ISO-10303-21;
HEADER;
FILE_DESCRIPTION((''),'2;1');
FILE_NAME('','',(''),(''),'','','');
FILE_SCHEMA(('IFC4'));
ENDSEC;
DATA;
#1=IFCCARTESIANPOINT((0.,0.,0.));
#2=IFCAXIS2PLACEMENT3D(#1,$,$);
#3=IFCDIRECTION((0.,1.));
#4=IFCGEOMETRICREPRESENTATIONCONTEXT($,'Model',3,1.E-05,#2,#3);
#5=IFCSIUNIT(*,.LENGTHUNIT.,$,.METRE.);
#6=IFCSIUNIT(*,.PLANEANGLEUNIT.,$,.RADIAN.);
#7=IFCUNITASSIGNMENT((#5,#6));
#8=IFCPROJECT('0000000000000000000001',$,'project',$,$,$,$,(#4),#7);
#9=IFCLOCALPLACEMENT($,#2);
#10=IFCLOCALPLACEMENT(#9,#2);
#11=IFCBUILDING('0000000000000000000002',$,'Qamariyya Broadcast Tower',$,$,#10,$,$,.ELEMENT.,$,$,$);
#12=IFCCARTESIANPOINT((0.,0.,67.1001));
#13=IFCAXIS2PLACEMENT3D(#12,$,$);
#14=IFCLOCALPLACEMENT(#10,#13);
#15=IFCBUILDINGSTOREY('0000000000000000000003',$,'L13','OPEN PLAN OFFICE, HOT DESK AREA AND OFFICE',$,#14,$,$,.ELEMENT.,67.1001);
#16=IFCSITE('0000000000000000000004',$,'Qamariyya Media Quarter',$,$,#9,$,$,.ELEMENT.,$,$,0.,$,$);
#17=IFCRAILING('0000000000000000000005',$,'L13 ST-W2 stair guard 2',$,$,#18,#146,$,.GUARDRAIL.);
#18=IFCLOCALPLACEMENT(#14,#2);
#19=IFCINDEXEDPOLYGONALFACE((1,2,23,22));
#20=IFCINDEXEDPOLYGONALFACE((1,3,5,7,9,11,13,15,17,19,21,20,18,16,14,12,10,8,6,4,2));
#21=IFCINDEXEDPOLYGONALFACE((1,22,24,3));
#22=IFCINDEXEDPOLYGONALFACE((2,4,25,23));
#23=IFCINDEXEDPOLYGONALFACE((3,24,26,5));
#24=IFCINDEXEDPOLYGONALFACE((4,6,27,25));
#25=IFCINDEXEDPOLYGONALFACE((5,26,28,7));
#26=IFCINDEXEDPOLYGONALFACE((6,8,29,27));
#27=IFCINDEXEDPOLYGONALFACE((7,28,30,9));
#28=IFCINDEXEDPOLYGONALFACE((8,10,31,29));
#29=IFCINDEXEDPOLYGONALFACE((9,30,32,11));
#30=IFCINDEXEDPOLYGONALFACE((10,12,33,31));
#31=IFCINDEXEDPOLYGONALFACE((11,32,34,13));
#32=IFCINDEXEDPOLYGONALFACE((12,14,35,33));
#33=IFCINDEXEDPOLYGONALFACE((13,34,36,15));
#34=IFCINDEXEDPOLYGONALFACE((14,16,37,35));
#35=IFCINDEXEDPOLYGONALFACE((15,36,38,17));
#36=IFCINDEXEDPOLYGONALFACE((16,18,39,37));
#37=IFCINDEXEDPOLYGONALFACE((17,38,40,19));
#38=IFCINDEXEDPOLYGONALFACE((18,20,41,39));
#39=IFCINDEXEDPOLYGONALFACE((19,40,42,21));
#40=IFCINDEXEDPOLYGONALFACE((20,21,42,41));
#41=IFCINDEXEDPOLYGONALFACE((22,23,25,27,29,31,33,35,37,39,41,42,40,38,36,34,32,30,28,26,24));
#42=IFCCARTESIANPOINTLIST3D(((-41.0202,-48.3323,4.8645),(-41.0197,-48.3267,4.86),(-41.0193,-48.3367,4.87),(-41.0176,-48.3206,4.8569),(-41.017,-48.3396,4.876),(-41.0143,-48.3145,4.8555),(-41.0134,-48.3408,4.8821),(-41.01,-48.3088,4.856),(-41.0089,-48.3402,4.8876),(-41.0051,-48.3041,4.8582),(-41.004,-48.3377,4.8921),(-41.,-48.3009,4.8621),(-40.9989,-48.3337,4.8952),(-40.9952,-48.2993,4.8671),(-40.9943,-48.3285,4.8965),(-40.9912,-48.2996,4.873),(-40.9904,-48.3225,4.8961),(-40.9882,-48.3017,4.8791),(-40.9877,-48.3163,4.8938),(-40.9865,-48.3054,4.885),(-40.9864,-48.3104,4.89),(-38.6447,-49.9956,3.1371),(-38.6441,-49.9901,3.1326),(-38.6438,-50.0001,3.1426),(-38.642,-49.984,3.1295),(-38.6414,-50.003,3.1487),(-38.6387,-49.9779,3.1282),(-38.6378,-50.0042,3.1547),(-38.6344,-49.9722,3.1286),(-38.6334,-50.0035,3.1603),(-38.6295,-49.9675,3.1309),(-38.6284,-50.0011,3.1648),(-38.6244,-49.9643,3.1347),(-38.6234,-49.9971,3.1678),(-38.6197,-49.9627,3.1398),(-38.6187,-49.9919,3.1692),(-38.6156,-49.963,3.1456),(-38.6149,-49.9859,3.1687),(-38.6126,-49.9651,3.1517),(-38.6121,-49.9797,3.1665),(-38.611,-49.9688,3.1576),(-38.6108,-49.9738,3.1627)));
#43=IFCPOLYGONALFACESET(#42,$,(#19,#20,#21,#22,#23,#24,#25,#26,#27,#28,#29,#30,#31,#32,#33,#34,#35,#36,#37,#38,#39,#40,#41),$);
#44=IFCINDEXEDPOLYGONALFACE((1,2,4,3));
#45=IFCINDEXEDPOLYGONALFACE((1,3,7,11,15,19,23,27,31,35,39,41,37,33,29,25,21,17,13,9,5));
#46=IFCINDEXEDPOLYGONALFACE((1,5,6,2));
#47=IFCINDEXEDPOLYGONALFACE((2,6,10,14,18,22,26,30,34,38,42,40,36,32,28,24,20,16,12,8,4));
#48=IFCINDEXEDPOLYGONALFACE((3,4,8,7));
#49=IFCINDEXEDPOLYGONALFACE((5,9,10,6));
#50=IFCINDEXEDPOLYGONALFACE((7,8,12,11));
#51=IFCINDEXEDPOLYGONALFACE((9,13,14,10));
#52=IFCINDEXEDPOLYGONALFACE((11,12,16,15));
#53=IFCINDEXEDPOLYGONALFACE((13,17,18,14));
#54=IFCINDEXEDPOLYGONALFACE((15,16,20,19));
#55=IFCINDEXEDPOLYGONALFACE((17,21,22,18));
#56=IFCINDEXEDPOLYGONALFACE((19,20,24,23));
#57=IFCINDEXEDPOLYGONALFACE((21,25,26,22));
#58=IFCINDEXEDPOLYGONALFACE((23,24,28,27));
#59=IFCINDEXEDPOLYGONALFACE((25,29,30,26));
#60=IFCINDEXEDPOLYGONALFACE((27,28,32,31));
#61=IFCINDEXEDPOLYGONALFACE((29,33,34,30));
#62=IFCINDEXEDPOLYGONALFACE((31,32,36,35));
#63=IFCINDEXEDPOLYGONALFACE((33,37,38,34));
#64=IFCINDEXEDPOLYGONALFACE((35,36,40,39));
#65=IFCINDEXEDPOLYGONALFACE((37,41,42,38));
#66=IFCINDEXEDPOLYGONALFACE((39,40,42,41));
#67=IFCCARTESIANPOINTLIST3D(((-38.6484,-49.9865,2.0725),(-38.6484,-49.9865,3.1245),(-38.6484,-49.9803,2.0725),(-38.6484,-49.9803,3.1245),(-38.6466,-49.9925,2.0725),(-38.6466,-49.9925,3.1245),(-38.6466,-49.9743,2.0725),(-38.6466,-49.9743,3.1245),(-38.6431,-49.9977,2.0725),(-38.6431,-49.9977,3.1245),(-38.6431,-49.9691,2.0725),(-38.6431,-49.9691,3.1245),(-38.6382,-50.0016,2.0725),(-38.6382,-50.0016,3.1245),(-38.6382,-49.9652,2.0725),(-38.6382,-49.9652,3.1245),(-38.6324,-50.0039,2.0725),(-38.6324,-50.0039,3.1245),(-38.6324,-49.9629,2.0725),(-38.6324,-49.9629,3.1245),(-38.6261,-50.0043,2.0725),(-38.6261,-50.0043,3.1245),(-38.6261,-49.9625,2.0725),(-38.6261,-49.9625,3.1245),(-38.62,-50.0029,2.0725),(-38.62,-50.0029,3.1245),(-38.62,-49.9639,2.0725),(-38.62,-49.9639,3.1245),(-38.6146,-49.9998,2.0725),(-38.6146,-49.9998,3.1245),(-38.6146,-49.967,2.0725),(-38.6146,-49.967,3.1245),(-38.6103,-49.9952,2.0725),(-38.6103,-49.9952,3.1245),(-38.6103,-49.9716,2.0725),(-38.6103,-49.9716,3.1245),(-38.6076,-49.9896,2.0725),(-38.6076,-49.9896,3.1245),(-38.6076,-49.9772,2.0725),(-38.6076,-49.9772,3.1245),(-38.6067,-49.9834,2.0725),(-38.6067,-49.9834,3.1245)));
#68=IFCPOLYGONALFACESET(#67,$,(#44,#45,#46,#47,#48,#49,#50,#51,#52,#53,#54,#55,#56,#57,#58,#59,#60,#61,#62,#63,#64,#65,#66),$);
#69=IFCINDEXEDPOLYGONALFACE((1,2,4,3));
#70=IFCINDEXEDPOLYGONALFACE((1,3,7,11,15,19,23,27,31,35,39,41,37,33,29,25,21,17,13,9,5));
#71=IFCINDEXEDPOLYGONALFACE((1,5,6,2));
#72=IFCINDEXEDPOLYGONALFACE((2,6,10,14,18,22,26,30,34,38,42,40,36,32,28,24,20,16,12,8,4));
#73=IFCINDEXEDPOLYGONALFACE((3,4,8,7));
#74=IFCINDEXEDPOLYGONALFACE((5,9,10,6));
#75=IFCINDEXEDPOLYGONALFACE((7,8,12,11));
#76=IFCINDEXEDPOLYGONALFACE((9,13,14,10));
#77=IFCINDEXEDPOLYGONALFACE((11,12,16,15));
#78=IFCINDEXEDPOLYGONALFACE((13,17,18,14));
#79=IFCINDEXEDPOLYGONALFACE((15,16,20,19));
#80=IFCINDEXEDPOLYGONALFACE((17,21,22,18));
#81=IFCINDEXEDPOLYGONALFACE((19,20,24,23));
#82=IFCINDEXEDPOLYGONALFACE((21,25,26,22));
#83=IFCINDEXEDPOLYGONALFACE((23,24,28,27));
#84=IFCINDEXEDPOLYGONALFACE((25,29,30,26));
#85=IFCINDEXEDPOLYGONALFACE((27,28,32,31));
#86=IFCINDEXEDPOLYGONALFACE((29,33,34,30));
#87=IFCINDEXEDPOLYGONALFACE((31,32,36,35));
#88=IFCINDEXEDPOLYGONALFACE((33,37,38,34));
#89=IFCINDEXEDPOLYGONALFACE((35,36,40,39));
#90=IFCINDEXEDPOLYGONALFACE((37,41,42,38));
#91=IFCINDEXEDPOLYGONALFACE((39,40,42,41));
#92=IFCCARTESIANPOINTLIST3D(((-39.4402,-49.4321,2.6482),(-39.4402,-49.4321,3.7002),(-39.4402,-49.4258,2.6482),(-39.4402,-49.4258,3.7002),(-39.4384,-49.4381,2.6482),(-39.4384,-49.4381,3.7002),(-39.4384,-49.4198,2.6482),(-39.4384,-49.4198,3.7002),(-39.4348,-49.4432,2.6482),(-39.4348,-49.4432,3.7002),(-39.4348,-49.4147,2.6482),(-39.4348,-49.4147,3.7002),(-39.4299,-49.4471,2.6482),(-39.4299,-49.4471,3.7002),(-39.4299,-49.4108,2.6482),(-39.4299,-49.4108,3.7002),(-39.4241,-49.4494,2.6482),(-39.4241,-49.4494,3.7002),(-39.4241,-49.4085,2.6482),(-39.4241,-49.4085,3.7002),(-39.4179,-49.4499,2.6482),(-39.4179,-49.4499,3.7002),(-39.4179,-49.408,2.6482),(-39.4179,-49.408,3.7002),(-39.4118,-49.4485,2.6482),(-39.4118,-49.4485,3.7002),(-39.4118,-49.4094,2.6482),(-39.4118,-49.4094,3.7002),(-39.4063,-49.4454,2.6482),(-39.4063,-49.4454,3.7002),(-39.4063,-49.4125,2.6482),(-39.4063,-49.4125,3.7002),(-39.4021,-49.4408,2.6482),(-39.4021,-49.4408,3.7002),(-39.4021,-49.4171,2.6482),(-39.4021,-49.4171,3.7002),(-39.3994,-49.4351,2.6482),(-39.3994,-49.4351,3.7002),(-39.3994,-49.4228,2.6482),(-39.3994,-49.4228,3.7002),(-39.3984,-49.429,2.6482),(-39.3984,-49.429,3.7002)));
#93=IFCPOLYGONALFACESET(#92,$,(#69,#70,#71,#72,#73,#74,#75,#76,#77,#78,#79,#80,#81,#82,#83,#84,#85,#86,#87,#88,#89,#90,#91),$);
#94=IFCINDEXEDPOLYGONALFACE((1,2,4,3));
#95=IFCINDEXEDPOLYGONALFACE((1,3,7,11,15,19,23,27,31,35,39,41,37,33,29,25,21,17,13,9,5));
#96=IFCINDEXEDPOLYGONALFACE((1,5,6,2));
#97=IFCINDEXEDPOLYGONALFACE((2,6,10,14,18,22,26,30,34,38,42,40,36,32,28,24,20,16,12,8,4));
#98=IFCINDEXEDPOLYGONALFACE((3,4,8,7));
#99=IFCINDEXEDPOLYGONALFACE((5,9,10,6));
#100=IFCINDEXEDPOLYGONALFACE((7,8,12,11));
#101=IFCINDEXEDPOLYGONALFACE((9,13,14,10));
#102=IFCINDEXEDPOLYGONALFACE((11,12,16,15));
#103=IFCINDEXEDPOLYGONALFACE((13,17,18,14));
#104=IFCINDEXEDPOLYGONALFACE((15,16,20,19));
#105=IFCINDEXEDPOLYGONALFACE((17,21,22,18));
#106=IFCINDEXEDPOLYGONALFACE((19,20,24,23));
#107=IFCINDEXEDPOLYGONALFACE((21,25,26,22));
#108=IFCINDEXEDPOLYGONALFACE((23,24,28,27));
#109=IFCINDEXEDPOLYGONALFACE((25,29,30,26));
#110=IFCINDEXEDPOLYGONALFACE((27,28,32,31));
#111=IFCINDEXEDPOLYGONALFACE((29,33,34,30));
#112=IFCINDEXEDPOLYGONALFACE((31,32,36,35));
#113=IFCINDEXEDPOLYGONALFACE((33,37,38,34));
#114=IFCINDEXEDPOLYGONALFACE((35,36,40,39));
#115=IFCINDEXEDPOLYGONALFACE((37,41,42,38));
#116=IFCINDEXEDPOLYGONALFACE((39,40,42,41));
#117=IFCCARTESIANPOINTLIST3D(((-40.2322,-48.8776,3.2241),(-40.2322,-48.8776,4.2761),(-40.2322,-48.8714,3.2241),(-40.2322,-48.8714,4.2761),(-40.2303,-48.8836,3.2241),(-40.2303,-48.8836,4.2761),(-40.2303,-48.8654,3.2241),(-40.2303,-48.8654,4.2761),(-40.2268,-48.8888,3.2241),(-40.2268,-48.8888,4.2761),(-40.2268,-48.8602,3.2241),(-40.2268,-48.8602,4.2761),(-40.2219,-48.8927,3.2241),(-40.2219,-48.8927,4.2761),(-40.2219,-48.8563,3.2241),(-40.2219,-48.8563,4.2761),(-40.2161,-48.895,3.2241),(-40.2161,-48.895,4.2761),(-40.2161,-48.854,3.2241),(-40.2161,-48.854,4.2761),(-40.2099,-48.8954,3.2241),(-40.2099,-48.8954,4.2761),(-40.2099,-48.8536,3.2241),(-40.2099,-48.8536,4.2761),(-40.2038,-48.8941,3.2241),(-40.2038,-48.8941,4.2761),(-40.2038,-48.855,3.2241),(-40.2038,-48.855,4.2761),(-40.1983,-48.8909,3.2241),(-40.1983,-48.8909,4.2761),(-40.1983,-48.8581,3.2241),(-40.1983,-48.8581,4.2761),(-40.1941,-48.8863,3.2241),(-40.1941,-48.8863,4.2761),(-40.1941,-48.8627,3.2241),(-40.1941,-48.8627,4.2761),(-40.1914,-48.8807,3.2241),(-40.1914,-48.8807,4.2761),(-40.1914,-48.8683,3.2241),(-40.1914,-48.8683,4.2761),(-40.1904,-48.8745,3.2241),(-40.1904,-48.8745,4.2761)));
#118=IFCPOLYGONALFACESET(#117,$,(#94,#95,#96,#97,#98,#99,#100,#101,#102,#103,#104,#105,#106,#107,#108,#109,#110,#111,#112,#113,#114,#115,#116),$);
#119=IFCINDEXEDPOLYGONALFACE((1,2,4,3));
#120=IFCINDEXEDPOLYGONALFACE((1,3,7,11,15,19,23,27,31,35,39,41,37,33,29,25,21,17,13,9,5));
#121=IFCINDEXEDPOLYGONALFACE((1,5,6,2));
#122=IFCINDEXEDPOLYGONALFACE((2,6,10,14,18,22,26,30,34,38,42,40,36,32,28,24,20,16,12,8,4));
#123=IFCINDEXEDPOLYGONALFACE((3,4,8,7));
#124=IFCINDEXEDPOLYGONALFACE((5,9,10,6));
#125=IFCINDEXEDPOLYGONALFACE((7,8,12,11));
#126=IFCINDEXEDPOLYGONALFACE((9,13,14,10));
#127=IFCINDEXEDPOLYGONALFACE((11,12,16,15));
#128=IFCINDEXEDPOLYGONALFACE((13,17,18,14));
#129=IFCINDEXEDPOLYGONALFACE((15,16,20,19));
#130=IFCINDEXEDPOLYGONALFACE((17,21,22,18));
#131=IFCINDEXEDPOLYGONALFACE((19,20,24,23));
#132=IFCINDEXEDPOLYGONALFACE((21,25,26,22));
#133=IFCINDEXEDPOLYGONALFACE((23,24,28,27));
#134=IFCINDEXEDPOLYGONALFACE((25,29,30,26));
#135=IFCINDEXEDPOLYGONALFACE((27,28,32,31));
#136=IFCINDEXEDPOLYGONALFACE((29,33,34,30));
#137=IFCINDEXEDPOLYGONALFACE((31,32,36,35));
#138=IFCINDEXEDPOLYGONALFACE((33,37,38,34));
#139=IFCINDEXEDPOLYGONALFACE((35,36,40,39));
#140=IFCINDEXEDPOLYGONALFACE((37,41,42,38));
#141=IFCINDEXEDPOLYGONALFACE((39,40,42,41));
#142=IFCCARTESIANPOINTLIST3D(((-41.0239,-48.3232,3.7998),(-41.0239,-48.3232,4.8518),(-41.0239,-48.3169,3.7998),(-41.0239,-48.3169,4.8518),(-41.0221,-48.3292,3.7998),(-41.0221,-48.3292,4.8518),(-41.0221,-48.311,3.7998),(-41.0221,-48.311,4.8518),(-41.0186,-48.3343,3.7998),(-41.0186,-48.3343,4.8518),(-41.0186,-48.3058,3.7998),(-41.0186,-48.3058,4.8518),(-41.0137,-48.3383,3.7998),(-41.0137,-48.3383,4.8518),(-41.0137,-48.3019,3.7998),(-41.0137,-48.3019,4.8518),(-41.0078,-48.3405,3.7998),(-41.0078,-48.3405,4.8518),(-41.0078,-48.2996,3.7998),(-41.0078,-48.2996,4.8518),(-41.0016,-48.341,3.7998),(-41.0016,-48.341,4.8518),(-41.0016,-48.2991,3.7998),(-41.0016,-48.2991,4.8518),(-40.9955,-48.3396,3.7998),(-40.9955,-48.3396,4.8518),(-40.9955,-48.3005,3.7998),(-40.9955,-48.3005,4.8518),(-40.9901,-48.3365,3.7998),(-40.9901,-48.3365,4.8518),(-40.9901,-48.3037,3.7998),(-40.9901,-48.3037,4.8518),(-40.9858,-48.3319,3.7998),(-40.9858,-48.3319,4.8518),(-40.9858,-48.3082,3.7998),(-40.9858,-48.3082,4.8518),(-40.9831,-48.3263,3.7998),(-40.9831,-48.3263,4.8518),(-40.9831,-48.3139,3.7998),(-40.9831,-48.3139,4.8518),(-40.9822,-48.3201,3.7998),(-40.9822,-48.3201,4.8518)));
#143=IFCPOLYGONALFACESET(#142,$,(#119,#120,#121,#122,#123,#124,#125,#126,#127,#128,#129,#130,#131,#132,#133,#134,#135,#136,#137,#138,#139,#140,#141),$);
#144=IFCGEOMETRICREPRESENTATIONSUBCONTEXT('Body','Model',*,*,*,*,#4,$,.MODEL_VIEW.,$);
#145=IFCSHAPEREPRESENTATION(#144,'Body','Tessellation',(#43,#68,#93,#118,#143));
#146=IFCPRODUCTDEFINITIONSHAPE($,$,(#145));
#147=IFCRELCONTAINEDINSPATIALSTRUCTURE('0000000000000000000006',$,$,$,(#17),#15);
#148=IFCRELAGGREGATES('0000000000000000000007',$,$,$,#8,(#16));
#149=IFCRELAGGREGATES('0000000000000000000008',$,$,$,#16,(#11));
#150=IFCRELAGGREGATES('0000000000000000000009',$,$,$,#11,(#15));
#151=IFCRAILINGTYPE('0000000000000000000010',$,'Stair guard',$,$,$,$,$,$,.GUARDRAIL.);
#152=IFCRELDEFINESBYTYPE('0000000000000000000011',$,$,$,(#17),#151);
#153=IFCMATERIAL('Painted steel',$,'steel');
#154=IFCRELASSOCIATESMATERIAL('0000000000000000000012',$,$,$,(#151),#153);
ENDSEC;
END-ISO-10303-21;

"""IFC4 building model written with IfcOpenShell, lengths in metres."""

from ifc_helpers import new_model, si_unit, direction, frame, origin, origin_2d, place, context, subcontext, project, spatial, circle, extrude, material, type_object, element, save


model = new_model("IFC4")

# Units and contexts
model_context = context("Model", 3, precision=1e-05, world=origin(), true_north=direction((0.0, 1.0)))
body_context = subcontext(model_context, "Body", "Model", "MODEL_VIEW")
ifc_project = project(units=[si_unit("LENGTHUNIT", "METRE"), si_unit("PLANEANGLEUNIT", "RADIAN")], contexts=[model_context])

# Site, building, storey
site_placement = place(None, origin())
site = spatial("IfcSite", under=ifc_project, at=site_placement, Name="Qamariyya Media Quarter", CompositionType="ELEMENT", RefElevation=0.0)
building_placement = place(site_placement, origin())
building = spatial("IfcBuilding", under=site, at=building_placement, Name="Qamariyya Broadcast Tower", CompositionType="ELEMENT")
storey_placement = place(building_placement, frame((0.0, 0.0, 67.1001)))
storey = spatial("IfcBuildingStorey", under=building, at=storey_placement, Name="L13", Description="OPEN PLAN OFFICE, HOT DESK AREA AND OFFICE", CompositionType="ELEMENT", Elevation=67.1001)

# Railing
ifc_material_1 = material(Name="Painted steel", Category="steel")
railing_type_1 = type_object("IfcRailingType", Name="Stair guard", PredefinedType="GUARDRAIL", material=ifc_material_1)
railing_1_placement = place(storey_placement, frame((-38.6277, -49.9834, 2.0725)))
element("IfcRailing", 1, at=railing_1_placement, inside=storey, type_object=railing_type_1, Name="L13 ST-W2 stair guard 2", PredefinedType="GUARDRAIL", context=body_context, shape_type="SweptSolid", body=[
    extrude(circle(Radius=0.0239, at=origin_2d()), frame((0.0, 0.0, 1.0762), z_axis=(-0.70377, 0.492784, 0.511734), x_axis=(-0.573575, -0.819153, 0.0)), (0.0, 0.0, 1.0), 3.3755),
    extrude(circle(Radius=0.021, at=origin_2d()), origin(), (0.0, 0.0, 1.0), 1.052),
    extrude(circle(Radius=0.021, at=origin_2d()), frame((-0.7917, 0.5544, 0.5757)), (0.0, 0.0, 1.0), 1.052),
    extrude(circle(Radius=0.021, at=origin_2d()), frame((-1.5837, 1.1089, 1.1516)), (0.0, 0.0, 1.0), 1.052),
    extrude(circle(Radius=0.021, at=origin_2d()), frame((-2.3755, 1.6633, 1.7273)), (0.0, 0.0, 1.0), 1.052),
])

save(model, "model.ifc")
